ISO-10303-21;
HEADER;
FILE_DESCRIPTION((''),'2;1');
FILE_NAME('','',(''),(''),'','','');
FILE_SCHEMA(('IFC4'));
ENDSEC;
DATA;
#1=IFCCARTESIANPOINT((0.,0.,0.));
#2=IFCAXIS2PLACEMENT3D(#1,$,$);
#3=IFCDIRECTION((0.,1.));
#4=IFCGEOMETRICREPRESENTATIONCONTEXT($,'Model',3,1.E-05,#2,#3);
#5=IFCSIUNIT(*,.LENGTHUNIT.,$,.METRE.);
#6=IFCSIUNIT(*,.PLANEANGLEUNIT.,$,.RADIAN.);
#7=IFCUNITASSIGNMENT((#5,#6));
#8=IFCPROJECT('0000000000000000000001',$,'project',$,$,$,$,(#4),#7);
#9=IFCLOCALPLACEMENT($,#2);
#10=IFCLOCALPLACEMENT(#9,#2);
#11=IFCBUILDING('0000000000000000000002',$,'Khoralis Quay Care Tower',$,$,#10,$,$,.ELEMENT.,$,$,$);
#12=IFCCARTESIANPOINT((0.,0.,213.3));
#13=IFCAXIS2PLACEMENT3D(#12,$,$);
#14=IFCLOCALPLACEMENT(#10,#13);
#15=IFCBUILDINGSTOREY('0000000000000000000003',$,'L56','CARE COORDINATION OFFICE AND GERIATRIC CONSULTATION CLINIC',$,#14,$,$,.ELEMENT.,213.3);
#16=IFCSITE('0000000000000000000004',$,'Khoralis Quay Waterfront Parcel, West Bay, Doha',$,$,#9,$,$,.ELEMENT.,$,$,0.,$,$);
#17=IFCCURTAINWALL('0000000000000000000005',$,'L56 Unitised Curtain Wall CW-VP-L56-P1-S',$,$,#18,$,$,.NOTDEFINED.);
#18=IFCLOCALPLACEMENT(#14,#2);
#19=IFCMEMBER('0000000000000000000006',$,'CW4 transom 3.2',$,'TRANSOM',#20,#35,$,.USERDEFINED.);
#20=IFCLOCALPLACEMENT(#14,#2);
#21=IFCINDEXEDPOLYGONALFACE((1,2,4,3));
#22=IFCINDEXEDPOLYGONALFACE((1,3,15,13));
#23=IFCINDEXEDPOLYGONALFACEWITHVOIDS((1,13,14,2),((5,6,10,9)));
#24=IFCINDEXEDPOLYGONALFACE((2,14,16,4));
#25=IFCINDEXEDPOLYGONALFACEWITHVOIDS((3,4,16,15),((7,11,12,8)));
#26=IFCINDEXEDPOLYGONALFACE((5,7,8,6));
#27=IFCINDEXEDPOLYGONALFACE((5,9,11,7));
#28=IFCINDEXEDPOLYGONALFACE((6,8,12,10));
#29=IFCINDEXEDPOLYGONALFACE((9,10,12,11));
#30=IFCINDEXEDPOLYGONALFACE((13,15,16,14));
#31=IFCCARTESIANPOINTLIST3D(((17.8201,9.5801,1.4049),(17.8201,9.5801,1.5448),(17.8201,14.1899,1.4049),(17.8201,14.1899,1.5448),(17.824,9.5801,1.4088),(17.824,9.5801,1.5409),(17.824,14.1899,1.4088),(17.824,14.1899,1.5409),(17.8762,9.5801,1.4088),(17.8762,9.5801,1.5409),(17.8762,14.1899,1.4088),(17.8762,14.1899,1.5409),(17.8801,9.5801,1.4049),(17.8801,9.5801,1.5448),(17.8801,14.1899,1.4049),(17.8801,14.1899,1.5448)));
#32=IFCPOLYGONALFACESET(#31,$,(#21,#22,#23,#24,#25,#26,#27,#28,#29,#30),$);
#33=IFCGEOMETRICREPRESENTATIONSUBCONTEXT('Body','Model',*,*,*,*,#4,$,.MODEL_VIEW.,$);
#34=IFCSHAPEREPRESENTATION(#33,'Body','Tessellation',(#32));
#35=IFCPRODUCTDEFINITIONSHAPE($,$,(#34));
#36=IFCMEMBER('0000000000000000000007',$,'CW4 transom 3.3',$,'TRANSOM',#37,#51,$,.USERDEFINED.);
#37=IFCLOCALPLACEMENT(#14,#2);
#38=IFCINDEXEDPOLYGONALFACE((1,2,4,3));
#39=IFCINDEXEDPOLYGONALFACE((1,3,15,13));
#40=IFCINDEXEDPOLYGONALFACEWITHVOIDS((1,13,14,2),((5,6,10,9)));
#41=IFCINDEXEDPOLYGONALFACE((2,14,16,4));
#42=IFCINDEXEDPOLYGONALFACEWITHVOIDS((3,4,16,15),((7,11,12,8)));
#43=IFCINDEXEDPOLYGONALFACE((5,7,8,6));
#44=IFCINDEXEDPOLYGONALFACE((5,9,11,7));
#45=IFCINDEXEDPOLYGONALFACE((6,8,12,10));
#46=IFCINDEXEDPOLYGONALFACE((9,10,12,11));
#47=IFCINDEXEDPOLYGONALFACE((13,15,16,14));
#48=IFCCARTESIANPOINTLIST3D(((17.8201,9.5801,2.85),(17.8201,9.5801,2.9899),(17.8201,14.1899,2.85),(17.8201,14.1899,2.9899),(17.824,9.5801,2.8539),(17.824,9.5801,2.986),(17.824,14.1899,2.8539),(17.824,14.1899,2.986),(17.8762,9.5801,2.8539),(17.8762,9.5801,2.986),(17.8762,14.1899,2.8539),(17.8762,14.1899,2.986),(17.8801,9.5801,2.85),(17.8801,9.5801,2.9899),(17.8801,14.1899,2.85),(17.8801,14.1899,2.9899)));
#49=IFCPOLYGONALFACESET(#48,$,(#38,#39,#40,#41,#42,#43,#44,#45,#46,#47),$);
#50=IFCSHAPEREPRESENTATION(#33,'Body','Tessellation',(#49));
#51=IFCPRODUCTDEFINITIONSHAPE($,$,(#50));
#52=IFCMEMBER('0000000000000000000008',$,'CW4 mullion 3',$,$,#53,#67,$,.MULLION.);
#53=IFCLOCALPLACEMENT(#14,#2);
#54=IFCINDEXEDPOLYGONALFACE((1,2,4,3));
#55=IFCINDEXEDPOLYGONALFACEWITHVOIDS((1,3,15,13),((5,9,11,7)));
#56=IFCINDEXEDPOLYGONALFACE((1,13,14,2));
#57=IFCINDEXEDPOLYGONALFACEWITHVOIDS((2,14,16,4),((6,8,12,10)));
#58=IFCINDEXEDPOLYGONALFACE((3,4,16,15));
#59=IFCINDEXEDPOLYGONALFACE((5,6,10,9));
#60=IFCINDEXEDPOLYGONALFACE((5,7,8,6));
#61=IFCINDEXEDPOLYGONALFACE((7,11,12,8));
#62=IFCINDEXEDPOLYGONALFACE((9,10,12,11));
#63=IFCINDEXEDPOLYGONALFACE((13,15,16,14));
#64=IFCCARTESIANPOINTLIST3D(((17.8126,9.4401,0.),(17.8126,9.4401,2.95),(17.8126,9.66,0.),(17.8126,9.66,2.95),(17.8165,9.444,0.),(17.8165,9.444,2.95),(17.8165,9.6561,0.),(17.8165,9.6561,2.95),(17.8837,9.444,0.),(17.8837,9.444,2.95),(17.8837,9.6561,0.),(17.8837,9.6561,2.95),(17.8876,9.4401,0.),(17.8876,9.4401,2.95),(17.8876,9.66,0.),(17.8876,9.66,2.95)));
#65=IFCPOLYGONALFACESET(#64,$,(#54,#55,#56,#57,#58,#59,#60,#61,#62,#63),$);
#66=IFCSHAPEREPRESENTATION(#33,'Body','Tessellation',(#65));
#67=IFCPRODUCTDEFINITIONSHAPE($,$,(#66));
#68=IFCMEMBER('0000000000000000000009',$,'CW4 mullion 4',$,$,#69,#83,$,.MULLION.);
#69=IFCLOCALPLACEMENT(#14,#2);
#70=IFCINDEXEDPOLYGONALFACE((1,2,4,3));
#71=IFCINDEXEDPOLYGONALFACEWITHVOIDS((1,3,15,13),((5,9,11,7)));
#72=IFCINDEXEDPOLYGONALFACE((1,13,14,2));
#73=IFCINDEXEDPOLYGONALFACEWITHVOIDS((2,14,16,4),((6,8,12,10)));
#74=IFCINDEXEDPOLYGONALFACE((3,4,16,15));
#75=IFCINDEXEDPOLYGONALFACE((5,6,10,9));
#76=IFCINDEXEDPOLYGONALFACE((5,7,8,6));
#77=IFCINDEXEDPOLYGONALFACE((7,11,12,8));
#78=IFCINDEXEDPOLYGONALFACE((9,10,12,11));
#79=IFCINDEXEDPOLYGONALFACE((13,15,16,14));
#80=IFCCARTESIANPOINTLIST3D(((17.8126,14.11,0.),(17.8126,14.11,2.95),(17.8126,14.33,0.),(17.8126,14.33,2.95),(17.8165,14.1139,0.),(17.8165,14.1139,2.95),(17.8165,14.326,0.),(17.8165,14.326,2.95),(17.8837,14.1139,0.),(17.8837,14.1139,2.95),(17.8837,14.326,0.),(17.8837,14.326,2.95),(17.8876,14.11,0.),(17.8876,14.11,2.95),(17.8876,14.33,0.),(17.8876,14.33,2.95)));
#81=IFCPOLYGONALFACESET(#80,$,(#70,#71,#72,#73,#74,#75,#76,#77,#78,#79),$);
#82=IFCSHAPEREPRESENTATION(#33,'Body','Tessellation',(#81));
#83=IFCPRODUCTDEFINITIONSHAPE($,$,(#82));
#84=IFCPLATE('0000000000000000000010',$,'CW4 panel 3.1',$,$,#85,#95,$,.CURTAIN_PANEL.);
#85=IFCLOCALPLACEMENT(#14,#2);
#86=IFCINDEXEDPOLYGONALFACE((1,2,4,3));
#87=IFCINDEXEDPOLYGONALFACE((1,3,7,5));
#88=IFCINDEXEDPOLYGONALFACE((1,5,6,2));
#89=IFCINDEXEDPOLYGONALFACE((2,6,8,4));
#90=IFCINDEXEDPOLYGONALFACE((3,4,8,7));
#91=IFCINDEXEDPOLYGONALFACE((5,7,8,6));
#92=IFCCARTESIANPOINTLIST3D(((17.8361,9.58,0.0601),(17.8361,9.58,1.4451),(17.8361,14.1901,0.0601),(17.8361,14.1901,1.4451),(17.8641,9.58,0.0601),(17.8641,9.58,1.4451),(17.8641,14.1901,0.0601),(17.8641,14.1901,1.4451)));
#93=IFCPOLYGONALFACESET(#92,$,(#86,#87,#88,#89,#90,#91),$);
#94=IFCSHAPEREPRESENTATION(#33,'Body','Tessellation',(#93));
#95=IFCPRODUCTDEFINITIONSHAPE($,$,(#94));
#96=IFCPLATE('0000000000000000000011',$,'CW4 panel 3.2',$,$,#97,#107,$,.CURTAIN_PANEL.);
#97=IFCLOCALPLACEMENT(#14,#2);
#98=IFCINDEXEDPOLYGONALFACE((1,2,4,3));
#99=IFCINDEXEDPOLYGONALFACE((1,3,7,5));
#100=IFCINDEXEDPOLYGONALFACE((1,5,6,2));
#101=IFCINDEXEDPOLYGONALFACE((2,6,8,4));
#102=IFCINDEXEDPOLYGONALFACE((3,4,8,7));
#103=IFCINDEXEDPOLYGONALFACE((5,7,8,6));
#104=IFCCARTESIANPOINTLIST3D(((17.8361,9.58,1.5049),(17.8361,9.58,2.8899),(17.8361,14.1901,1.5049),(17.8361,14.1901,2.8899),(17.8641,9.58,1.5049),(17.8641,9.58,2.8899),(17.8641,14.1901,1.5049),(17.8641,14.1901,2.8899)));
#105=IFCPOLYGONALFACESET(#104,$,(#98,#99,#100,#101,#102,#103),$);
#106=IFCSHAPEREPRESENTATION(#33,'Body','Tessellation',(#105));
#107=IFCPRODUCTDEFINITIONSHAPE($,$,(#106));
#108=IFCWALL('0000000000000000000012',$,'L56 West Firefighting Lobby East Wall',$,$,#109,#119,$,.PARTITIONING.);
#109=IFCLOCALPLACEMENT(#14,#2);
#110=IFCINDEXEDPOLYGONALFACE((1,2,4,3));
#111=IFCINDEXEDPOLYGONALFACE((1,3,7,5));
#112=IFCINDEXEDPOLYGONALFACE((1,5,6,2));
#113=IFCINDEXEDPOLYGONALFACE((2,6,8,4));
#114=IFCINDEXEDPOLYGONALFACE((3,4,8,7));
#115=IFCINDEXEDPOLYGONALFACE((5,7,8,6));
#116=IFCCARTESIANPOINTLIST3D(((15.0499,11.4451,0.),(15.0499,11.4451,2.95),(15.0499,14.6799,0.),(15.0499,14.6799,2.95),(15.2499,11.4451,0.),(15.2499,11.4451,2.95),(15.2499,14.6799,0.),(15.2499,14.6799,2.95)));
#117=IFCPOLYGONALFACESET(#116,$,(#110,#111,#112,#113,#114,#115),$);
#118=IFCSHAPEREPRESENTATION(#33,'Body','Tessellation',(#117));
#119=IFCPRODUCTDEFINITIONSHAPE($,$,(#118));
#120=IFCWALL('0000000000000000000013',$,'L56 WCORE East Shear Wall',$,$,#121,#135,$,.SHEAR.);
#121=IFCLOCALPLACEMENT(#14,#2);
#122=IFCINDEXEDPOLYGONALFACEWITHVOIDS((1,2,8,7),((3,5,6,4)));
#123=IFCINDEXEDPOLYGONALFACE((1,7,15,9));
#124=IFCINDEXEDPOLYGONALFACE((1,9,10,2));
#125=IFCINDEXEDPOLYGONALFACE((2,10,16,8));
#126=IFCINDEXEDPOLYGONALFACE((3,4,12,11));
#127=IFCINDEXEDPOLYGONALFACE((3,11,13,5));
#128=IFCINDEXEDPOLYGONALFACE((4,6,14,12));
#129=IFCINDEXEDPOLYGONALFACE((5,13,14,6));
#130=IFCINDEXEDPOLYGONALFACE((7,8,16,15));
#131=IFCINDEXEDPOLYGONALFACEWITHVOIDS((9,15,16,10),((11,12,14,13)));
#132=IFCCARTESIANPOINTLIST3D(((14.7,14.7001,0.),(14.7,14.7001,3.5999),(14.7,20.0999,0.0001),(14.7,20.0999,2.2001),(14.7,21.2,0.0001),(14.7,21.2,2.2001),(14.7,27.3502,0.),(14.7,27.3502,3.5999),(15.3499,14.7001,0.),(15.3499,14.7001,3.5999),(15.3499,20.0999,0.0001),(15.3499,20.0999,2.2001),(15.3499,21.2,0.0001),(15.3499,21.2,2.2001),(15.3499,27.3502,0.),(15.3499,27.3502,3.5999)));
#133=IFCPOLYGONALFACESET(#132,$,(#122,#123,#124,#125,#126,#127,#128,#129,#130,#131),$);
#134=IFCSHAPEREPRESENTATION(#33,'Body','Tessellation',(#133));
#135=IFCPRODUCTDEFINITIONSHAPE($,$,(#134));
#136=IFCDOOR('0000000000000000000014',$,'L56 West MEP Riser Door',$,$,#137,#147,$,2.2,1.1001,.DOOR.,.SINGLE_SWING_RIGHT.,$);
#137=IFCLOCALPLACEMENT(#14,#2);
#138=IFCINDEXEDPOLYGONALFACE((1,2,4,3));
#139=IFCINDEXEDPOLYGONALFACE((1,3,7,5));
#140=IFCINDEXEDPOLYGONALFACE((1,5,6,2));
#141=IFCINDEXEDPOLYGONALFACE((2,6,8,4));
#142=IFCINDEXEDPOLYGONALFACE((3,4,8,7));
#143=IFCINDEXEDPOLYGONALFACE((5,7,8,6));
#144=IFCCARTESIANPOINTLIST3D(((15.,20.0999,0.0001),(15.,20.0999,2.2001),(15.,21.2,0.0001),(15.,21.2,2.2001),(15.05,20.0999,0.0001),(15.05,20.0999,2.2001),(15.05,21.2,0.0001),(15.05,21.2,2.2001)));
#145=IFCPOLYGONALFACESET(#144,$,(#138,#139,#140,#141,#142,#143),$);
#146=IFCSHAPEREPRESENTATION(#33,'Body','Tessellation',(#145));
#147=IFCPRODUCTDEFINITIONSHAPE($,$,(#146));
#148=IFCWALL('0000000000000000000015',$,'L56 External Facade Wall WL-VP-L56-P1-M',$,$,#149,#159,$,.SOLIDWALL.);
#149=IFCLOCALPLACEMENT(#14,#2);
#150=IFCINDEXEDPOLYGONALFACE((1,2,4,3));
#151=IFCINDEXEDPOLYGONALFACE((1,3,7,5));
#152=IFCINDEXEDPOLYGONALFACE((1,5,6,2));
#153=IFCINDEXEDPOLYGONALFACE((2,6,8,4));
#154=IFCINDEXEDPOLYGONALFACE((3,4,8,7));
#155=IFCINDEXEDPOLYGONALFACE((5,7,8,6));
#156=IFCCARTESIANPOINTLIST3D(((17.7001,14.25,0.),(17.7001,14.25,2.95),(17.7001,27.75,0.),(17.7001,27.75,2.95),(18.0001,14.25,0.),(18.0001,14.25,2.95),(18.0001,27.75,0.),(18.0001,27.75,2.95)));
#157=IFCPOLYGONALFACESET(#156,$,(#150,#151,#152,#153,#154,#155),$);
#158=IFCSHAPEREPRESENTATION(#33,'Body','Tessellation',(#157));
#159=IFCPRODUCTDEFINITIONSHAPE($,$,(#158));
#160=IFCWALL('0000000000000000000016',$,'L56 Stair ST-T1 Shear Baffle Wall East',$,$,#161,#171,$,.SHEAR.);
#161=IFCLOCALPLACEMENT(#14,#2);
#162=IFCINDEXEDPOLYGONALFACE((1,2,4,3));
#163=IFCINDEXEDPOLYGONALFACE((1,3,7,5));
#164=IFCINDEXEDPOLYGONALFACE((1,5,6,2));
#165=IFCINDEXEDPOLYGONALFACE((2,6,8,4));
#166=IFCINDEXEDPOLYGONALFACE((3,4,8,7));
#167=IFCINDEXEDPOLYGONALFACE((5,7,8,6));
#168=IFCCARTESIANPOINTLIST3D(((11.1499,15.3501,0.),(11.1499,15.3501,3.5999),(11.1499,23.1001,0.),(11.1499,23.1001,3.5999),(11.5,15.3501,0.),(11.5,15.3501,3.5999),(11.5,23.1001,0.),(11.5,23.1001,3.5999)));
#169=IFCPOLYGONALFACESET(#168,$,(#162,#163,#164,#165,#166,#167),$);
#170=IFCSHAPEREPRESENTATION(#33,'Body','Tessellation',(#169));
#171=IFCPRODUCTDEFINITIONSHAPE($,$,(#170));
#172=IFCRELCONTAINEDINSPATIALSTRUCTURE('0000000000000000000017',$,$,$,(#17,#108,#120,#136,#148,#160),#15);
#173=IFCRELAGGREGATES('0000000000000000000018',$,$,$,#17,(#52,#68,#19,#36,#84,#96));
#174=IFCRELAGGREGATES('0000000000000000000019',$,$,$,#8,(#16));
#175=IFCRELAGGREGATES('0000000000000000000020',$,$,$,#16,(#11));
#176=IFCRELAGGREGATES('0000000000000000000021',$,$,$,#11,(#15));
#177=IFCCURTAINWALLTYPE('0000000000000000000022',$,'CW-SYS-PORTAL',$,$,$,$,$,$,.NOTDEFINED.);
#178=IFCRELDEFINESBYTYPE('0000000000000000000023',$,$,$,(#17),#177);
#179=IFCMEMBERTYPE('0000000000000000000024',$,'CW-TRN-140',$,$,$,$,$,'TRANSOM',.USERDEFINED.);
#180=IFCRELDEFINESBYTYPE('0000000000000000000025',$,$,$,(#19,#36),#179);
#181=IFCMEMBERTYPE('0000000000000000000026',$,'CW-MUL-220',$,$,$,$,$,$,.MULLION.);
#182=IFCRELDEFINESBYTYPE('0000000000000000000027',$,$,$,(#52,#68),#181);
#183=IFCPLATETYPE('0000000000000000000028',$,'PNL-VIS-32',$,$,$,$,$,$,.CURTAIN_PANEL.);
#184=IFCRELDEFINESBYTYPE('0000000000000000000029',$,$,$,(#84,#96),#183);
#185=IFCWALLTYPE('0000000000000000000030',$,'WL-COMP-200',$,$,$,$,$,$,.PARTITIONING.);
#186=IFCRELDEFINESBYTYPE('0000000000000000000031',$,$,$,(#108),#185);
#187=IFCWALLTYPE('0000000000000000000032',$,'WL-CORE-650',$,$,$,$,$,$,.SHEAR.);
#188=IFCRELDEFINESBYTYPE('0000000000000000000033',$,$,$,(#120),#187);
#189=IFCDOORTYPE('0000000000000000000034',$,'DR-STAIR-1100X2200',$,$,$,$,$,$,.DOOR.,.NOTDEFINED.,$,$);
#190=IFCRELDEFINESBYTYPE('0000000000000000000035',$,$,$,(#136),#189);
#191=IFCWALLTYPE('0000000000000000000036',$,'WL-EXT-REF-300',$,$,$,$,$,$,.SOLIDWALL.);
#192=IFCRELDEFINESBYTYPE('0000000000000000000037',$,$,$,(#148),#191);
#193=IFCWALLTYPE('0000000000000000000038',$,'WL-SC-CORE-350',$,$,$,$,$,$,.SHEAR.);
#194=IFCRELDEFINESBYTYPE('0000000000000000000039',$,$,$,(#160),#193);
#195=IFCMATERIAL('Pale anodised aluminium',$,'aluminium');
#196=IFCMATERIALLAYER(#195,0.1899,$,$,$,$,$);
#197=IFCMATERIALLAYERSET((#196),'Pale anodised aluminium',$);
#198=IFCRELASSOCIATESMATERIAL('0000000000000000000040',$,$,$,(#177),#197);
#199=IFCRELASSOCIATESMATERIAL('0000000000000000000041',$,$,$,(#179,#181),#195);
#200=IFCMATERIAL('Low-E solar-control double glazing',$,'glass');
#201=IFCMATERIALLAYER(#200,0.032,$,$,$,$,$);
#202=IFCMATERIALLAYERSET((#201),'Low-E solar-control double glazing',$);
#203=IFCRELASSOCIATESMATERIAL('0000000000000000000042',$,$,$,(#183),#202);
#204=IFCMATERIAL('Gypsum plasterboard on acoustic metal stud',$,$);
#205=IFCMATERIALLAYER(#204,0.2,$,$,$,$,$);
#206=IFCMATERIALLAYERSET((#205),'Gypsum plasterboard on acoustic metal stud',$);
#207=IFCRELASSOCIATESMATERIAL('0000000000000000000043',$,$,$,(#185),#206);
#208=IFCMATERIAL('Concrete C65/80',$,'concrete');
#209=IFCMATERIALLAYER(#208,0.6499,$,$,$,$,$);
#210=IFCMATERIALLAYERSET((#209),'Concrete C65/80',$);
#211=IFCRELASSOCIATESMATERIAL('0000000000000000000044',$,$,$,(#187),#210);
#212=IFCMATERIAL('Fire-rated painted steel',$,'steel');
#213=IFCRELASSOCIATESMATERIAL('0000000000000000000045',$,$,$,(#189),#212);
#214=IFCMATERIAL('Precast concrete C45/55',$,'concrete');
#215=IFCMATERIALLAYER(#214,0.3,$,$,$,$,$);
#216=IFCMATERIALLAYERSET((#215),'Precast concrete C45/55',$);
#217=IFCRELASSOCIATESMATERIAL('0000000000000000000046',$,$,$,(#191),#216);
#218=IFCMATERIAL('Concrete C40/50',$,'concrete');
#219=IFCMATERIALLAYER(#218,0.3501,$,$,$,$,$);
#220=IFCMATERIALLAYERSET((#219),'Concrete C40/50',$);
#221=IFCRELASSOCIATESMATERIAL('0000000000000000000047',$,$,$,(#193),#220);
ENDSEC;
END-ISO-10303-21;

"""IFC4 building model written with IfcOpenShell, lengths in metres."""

from ifc_helpers import new_model, si_unit, direction, frame, frame_2d, origin, origin_2d, place, context, subcontext, project, spatial, rectangle, hollow_rectangle, extrude, source, transform, mapped, material, layer, layer_set, material_profile, profile_set, type_object, element, fill, aggregate, save


model = new_model("IFC4")

# Units and contexts
model_context = context("Model", 3, precision=1e-05, world=origin(), true_north=direction((0.0, 1.0)))
body_context = subcontext(model_context, "Body", "Model", "MODEL_VIEW")
ifc_project = project(units=[si_unit("LENGTHUNIT", "METRE"), si_unit("PLANEANGLEUNIT", "RADIAN")], contexts=[model_context])

# Site, building, storey
site_placement = place(None, origin())
site = spatial("IfcSite", under=ifc_project, at=site_placement, Name="Khoralis Quay Waterfront Parcel, West Bay, Doha", CompositionType="ELEMENT", RefElevation=0.0)
building_placement = place(site_placement, origin())
building = spatial("IfcBuilding", under=site, at=building_placement, Name="Khoralis Quay Care Tower", CompositionType="ELEMENT")
storey_placement = place(building_placement, frame((0.0, 0.0, 213.3)))
storey = spatial("IfcBuildingStorey", under=building, at=storey_placement, Name="L56", Description="CARE COORDINATION OFFICE AND GERIATRIC CONSULTATION CLINIC", CompositionType="ELEMENT", Elevation=213.3)

# Curtain wall, members, plates
ifc_material_1 = material(Name="Pale anodised aluminium", Category="aluminium")
ifc_layer_1 = layer(ifc_material_1, 0.1899)
ifc_layer_set_1 = layer_set([ifc_layer_1], Name="Pale anodised aluminium")
curtain_wall_type = type_object("IfcCurtainWallType", Name="CW-SYS-PORTAL", PredefinedType="NOTDEFINED", material=ifc_layer_set_1)
curtain_wall_placement = place(storey_placement, origin())
curtain_wall = element("IfcCurtainWall", 1, at=curtain_wall_placement, inside=storey, type_object=curtain_wall_type, Name="L56 Unitised Curtain Wall CW-VP-L56-P1-S", PredefinedType="NOTDEFINED")
ifc_material_profile_1 = material_profile(ifc_material_1, hollow_rectangle(XDim=0.0601, YDim=0.1399, WallThickness=0.0039, at=origin_2d()), Name="Pale anodised aluminium")
ifc_profile_set_1 = profile_set([ifc_material_profile_1], Name="Pale anodised aluminium")
member_type_1 = type_object("IfcMemberType", Name="CW-TRN-140", ElementType="TRANSOM", PredefinedType="USERDEFINED", material=ifc_profile_set_1)
shared_shape_1 = source(origin(), body_context, "Body", "SweptSolid", [
    extrude(hollow_rectangle(XDim=0.0601, YDim=0.1399, WallThickness=0.0039, at=origin_2d()), origin(), (0.0, 0.0, 1.0), 4.6099),
])
member_1_placement = place(storey_placement, frame((17.8501, 9.5801, 1.4749), z_axis=(0.0, 1.0, 0.0), x_axis=(-1.0, 0.0, 0.0)))
member_1 = element("IfcMember", 2, at=member_1_placement, type_object=member_type_1, Name="CW4 transom 3.2", ObjectType="TRANSOM", PredefinedType="USERDEFINED", context=body_context, shape_type="MappedRepresentation", body=[
    mapped(shared_shape_1, transform((0.0, 0.0, 0.0), scale=1.0)),
])
member_2_placement = place(storey_placement, frame((17.8501, 9.5801, 2.9199), z_axis=(0.0, 1.0, 0.0), x_axis=(-1.0, 0.0, 0.0)))
member_2 = element("IfcMember", 3, at=member_2_placement, type_object=member_type_1, Name="CW4 transom 3.3", ObjectType="TRANSOM", PredefinedType="USERDEFINED", context=body_context, shape_type="MappedRepresentation", body=[
    mapped(shared_shape_1, transform((0.0, 0.0, 0.0), scale=1.0)),
])
ifc_material_profile_2 = material_profile(ifc_material_1, hollow_rectangle(XDim=0.075, YDim=0.22, WallThickness=0.0039, at=origin_2d()), Name="Pale anodised aluminium")
ifc_profile_set_2 = profile_set([ifc_material_profile_2], Name="Pale anodised aluminium")
member_type_2 = type_object("IfcMemberType", Name="CW-MUL-220", PredefinedType="MULLION", material=ifc_profile_set_2)
shared_shape_2 = source(origin(), body_context, "Body", "SweptSolid", [
    extrude(hollow_rectangle(XDim=0.075, YDim=0.22, WallThickness=0.0039, at=origin_2d()), origin(), (0.0, 0.0, 1.0), 2.95),
])
member_3_placement = place(storey_placement, frame((17.8501, 9.55, 0.0), z_axis=(0.0, 0.0, 1.0), x_axis=(-1.0, 0.0, 0.0)))
member_3 = element("IfcMember", 4, at=member_3_placement, type_object=member_type_2, Name="CW4 mullion 3", PredefinedType="MULLION", context=body_context, shape_type="MappedRepresentation", body=[
    mapped(shared_shape_2, transform((0.0, 0.0, 0.0), scale=1.0)),
])
member_4_placement = place(storey_placement, frame((17.8501, 14.22, 0.0), z_axis=(0.0, 0.0, 1.0), x_axis=(-1.0, 0.0, 0.0)))
member_4 = element("IfcMember", 5, at=member_4_placement, type_object=member_type_2, Name="CW4 mullion 4", PredefinedType="MULLION", context=body_context, shape_type="MappedRepresentation", body=[
    mapped(shared_shape_2, transform((0.0, 0.0, 0.0), scale=1.0)),
])
ifc_material_2 = material(Name="Low-E solar-control double glazing", Category="glass")
ifc_layer_2 = layer(ifc_material_2, 0.032)
ifc_layer_set_2 = layer_set([ifc_layer_2], Name="Low-E solar-control double glazing")
plate_type = type_object("IfcPlateType", Name="PNL-VIS-32", PredefinedType="CURTAIN_PANEL", material=ifc_layer_set_2)
shared_shape_3 = source(origin(), body_context, "Body", "SweptSolid", [
    extrude(rectangle(XDim=4.6101, YDim=0.0281, at=origin_2d()), origin(), (0.0, 0.0, 1.0), 1.385),
])
plate_1_placement = place(storey_placement, frame((17.8501, 11.885, 0.0601), z_axis=(0.0, 0.0, 1.0), x_axis=(0.0, 1.0, 0.0)))
plate_1 = element("IfcPlate", 6, at=plate_1_placement, type_object=plate_type, Name="CW4 panel 3.1", PredefinedType="CURTAIN_PANEL", context=body_context, shape_type="MappedRepresentation", body=[
    mapped(shared_shape_3, transform((0.0, 0.0, 0.0), scale=1.0)),
])
plate_2_placement = place(storey_placement, frame((17.8501, 11.885, 1.5049), z_axis=(0.0, 0.0, 1.0), x_axis=(0.0, 1.0, 0.0)))
plate_2 = element("IfcPlate", 7, at=plate_2_placement, type_object=plate_type, Name="CW4 panel 3.2", PredefinedType="CURTAIN_PANEL", context=body_context, shape_type="MappedRepresentation", body=[
    mapped(shared_shape_3, transform((0.0, 0.0, 0.0), scale=1.0)),
])
aggregate(curtain_wall, [member_3, member_4, member_1, member_2, plate_1, plate_2])

# Wall
ifc_material_3 = material(Name="Gypsum plasterboard on acoustic metal stud")
ifc_layer_3 = layer(ifc_material_3, 0.2)
ifc_layer_set_3 = layer_set([ifc_layer_3], Name="Gypsum plasterboard on acoustic metal stud")
wall_type_1 = type_object("IfcWallType", Name="WL-COMP-200", PredefinedType="PARTITIONING", material=ifc_layer_set_3)
wall_1_placement = place(storey_placement, frame((15.1499, 11.4451, 0.0), z_axis=(0.0, 0.0, 1.0), x_axis=(0.0, 1.0, 0.0)))
element("IfcWall", 8, at=wall_1_placement, inside=storey, type_object=wall_type_1, Name="L56 West Firefighting Lobby East Wall", PredefinedType="PARTITIONING", context=body_context, shape_type="SweptSolid", body=[
    extrude(rectangle(XDim=3.2349, YDim=0.2, at=frame_2d((1.6174, 0.0))), origin(), (0.0, 0.0, 1.0), 2.95),
])

# Wall, opening, door
ifc_material_4 = material(Name="Concrete C65/80", Category="concrete")
ifc_layer_4 = layer(ifc_material_4, 0.6499)
ifc_layer_set_4 = layer_set([ifc_layer_4], Name="Concrete C65/80")
wall_type_2 = type_object("IfcWallType", Name="WL-CORE-650", PredefinedType="SHEAR", material=ifc_layer_set_4)
wall_2_placement = place(storey_placement, frame((15.0249, 14.7, 0.0), z_axis=(0.0, 0.0, 1.0), x_axis=(0.0, 1.0, 0.0)))
wall_2 = element("IfcWall", 9, at=wall_2_placement, inside=storey, type_object=wall_type_2, Name="L56 WCORE East Shear Wall", PredefinedType="SHEAR", context=body_context, shape_type="SweptSolid", body=[
    extrude(rectangle(XDim=12.6501, YDim=0.6499, at=frame_2d((6.3252, 0.0))), origin(), (0.0, 0.0, 1.0), 3.5999),
])
opening_placement = place(wall_2_placement, frame((5.3999, 0.0, 0.0)))
opening = element("IfcOpeningElement", 10, at=opening_placement, cuts=wall_2, PredefinedType="OPENING", context=body_context, shape_type="SweptSolid", body=[
    extrude(rectangle(XDim=1.1001, YDim=2.2, at=frame_2d((0.55, 1.1001))), frame((0.0, 0.335, 0.0), z_axis=(0.0, -1.0, 0.0), x_axis=(1.0, 0.0, 0.0)), (0.0, 0.0, 1.0), 0.6699),
])
ifc_material_5 = material(Name="Fire-rated painted steel", Category="steel")
door_type = type_object("IfcDoorType", Name="DR-STAIR-1100X2200", OperationType="NOTDEFINED", PredefinedType="DOOR", material=ifc_material_5)
shared_shape_4 = source(origin(), body_context, "Body", "SweptSolid", [
    extrude(rectangle(XDim=1.1001, YDim=2.2, at=frame_2d((0.55, 1.1001))), frame((0.0, 0.0249, 0.0), z_axis=(0.0, -1.0, 0.0), x_axis=(1.0, 0.0, 0.0)), (0.0, 0.0, 1.0), 0.05),
])
door_placement = place(opening_placement, origin())
door = element("IfcDoor", 11, at=door_placement, inside=storey, type_object=door_type, Name="L56 West MEP Riser Door", OperationType="SINGLE_SWING_RIGHT", OverallHeight=2.2, OverallWidth=1.1001, PredefinedType="DOOR", context=body_context, shape_type="MappedRepresentation", body=[
    mapped(shared_shape_4, transform((0.0, 0.0, 0.0), scale=1.0)),
])
fill(opening, door)

# Walls
ifc_material_6 = material(Name="Precast concrete C45/55", Category="concrete")
ifc_layer_5 = layer(ifc_material_6, 0.3)
ifc_layer_set_5 = layer_set([ifc_layer_5], Name="Precast concrete C45/55")
wall_type_3 = type_object("IfcWallType", Name="WL-EXT-REF-300", PredefinedType="SOLIDWALL", material=ifc_layer_set_5)
wall_3_placement = place(storey_placement, frame((17.8501, 14.25, 0.0), z_axis=(0.0, 0.0, 1.0), x_axis=(0.0, 1.0, 0.0)))
element("IfcWall", 12, at=wall_3_placement, inside=storey, type_object=wall_type_3, Name="L56 External Facade Wall WL-VP-L56-P1-M", PredefinedType="SOLIDWALL", context=body_context, shape_type="SweptSolid", body=[
    extrude(rectangle(XDim=13.5, YDim=0.3, at=frame_2d((6.75, 0.0))), origin(), (0.0, 0.0, 1.0), 2.95),
])
ifc_material_7 = material(Name="Concrete C40/50", Category="concrete")
ifc_layer_6 = layer(ifc_material_7, 0.3501)
ifc_layer_set_6 = layer_set([ifc_layer_6], Name="Concrete C40/50")
wall_type_4 = type_object("IfcWallType", Name="WL-SC-CORE-350", PredefinedType="SHEAR", material=ifc_layer_set_6)
wall_4_placement = place(storey_placement, frame((11.325, 15.3501, 0.0), z_axis=(0.0, 0.0, 1.0), x_axis=(0.0, 1.0, 0.0)))
element("IfcWall", 13, at=wall_4_placement, inside=storey, type_object=wall_type_4, Name="L56 Stair ST-T1 Shear Baffle Wall East", PredefinedType="SHEAR", context=body_context, shape_type="SweptSolid", body=[
    extrude(rectangle(XDim=7.75, YDim=0.3501, at=frame_2d((3.875, 0.0))), origin(), (0.0, 0.0, 1.0), 3.5999),
])

save(model, "model.ifc")
